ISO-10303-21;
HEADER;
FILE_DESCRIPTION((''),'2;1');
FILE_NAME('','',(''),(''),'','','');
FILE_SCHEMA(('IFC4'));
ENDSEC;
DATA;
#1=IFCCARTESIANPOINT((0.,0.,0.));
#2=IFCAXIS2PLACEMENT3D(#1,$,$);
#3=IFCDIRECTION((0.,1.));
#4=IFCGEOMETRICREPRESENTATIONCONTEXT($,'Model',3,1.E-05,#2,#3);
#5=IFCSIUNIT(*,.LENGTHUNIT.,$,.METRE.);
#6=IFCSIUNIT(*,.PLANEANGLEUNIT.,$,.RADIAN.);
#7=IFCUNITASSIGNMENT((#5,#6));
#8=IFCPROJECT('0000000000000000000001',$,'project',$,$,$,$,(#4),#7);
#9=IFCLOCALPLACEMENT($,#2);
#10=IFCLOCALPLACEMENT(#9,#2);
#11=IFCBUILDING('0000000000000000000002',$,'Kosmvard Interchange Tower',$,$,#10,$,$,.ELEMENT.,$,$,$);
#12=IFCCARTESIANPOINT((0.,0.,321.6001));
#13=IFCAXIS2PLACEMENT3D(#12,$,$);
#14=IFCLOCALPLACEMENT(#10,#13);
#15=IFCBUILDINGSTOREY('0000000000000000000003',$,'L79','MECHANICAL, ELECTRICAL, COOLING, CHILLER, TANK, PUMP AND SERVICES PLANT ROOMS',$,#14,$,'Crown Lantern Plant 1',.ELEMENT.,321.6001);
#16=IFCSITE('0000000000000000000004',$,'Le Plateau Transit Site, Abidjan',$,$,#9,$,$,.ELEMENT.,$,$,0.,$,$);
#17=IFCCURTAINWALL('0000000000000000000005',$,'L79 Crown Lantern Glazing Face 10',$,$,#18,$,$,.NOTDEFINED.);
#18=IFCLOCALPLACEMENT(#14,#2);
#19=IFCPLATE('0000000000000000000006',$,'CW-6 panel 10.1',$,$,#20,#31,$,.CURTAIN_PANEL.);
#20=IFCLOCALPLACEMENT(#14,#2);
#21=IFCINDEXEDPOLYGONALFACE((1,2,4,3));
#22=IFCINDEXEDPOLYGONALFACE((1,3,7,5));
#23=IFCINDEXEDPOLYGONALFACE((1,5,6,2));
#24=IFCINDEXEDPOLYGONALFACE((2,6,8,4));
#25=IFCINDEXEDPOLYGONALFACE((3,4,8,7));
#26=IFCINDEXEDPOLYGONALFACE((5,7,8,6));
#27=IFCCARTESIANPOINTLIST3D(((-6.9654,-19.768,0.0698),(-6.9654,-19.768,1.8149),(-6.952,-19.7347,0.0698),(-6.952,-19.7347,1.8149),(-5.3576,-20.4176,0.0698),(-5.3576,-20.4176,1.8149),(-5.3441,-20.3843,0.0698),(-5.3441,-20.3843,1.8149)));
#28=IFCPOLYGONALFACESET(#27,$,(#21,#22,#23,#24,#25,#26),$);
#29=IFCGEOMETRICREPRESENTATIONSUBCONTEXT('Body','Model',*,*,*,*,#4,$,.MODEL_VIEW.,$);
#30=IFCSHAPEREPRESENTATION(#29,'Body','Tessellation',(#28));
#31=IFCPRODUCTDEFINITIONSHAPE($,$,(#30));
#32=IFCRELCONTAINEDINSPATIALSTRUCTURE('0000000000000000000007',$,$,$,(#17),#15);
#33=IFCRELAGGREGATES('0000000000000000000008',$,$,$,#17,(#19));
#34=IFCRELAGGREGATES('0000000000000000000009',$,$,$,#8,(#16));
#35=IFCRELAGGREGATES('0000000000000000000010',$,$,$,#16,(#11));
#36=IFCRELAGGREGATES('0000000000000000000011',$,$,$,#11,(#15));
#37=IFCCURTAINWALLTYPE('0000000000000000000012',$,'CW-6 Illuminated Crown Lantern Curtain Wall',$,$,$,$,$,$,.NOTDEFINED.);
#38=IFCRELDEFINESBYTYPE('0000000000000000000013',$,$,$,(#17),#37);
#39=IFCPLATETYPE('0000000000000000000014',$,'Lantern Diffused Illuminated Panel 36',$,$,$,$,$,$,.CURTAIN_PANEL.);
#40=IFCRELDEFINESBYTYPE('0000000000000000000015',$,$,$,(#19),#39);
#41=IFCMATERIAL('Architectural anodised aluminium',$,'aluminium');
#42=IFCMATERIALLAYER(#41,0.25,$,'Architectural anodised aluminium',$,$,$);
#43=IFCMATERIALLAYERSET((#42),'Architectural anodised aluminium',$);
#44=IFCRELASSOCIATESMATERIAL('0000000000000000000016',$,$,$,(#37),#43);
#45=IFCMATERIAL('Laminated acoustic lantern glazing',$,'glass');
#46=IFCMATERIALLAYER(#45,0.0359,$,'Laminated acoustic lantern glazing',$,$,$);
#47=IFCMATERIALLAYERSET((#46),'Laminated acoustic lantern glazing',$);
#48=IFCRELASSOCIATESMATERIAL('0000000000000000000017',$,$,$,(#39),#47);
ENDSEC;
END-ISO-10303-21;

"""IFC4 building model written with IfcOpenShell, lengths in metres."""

from ifc_helpers import new_model, si_unit, direction, frame, origin, origin_2d, place, context, subcontext, project, spatial, rectangle, extrude, source, transform, mapped, material, layer, layer_set, type_object, element, aggregate, save


model = new_model("IFC4")

# Units and contexts
model_context = context("Model", 3, precision=1e-05, world=origin(), true_north=direction((0.0, 1.0)))
body_context = subcontext(model_context, "Body", "Model", "MODEL_VIEW")
ifc_project = project(units=[si_unit("LENGTHUNIT", "METRE"), si_unit("PLANEANGLEUNIT", "RADIAN")], contexts=[model_context])

# Site, building, storey
site_placement = place(None, origin())
site = spatial("IfcSite", under=ifc_project, at=site_placement, Name="Le Plateau Transit Site, Abidjan", CompositionType="ELEMENT", RefElevation=0.0)
building_placement = place(site_placement, origin())
building = spatial("IfcBuilding", under=site, at=building_placement, Name="Kosmvard Interchange Tower", CompositionType="ELEMENT")
storey_placement = place(building_placement, frame((0.0, 0.0, 321.6001)))
storey = spatial("IfcBuildingStorey", under=building, at=storey_placement, Name="L79", Description="MECHANICAL, ELECTRICAL, COOLING, CHILLER, TANK, PUMP AND SERVICES PLANT ROOMS", LongName="Crown Lantern Plant 1", CompositionType="ELEMENT", Elevation=321.6001)

# Curtain wall, plate
ifc_material_1 = material(Name="Architectural anodised aluminium", Category="aluminium")
ifc_layer_1 = layer(ifc_material_1, 0.25, Name="Architectural anodised aluminium")
ifc_layer_set_1 = layer_set([ifc_layer_1], Name="Architectural anodised aluminium")
curtain_wall_type = type_object("IfcCurtainWallType", Name="CW-6 Illuminated Crown Lantern Curtain Wall", PredefinedType="NOTDEFINED", material=ifc_layer_set_1)
curtain_wall_placement = place(storey_placement, origin())
curtain_wall = element("IfcCurtainWall", 1, at=curtain_wall_placement, inside=storey, type_object=curtain_wall_type, Name="L79 Crown Lantern Glazing Face 10", PredefinedType="NOTDEFINED")
ifc_material_2 = material(Name="Laminated acoustic lantern glazing", Category="glass")
ifc_layer_2 = layer(ifc_material_2, 0.0359, Name="Laminated acoustic lantern glazing")
ifc_layer_set_2 = layer_set([ifc_layer_2], Name="Laminated acoustic lantern glazing")
plate_type = type_object("IfcPlateType", Name="Lantern Diffused Illuminated Panel 36", PredefinedType="CURTAIN_PANEL", material=ifc_layer_set_2)
shared_shape_1 = source(origin(), body_context, "Body", "SweptSolid", [
    extrude(rectangle(XDim=1.7341, YDim=0.0359, at=origin_2d()), origin(), (0.0, 0.0, 1.0), 1.7451),
])
plate_1_placement = place(storey_placement, frame((-6.1548, -20.0762, 0.0698), z_axis=(0.0, 0.0, 1.0), x_axis=(0.927184, -0.374607, 0.0)))
plate_1 = element("IfcPlate", 2, at=plate_1_placement, type_object=plate_type, Name="CW-6 panel 10.1", PredefinedType="CURTAIN_PANEL", context=body_context, shape_type="MappedRepresentation", body=[
    mapped(shared_shape_1, transform((0.0, 0.0, 0.0), scale=1.0)),
])
aggregate(curtain_wall, [plate_1])

save(model, "model.ifc")
